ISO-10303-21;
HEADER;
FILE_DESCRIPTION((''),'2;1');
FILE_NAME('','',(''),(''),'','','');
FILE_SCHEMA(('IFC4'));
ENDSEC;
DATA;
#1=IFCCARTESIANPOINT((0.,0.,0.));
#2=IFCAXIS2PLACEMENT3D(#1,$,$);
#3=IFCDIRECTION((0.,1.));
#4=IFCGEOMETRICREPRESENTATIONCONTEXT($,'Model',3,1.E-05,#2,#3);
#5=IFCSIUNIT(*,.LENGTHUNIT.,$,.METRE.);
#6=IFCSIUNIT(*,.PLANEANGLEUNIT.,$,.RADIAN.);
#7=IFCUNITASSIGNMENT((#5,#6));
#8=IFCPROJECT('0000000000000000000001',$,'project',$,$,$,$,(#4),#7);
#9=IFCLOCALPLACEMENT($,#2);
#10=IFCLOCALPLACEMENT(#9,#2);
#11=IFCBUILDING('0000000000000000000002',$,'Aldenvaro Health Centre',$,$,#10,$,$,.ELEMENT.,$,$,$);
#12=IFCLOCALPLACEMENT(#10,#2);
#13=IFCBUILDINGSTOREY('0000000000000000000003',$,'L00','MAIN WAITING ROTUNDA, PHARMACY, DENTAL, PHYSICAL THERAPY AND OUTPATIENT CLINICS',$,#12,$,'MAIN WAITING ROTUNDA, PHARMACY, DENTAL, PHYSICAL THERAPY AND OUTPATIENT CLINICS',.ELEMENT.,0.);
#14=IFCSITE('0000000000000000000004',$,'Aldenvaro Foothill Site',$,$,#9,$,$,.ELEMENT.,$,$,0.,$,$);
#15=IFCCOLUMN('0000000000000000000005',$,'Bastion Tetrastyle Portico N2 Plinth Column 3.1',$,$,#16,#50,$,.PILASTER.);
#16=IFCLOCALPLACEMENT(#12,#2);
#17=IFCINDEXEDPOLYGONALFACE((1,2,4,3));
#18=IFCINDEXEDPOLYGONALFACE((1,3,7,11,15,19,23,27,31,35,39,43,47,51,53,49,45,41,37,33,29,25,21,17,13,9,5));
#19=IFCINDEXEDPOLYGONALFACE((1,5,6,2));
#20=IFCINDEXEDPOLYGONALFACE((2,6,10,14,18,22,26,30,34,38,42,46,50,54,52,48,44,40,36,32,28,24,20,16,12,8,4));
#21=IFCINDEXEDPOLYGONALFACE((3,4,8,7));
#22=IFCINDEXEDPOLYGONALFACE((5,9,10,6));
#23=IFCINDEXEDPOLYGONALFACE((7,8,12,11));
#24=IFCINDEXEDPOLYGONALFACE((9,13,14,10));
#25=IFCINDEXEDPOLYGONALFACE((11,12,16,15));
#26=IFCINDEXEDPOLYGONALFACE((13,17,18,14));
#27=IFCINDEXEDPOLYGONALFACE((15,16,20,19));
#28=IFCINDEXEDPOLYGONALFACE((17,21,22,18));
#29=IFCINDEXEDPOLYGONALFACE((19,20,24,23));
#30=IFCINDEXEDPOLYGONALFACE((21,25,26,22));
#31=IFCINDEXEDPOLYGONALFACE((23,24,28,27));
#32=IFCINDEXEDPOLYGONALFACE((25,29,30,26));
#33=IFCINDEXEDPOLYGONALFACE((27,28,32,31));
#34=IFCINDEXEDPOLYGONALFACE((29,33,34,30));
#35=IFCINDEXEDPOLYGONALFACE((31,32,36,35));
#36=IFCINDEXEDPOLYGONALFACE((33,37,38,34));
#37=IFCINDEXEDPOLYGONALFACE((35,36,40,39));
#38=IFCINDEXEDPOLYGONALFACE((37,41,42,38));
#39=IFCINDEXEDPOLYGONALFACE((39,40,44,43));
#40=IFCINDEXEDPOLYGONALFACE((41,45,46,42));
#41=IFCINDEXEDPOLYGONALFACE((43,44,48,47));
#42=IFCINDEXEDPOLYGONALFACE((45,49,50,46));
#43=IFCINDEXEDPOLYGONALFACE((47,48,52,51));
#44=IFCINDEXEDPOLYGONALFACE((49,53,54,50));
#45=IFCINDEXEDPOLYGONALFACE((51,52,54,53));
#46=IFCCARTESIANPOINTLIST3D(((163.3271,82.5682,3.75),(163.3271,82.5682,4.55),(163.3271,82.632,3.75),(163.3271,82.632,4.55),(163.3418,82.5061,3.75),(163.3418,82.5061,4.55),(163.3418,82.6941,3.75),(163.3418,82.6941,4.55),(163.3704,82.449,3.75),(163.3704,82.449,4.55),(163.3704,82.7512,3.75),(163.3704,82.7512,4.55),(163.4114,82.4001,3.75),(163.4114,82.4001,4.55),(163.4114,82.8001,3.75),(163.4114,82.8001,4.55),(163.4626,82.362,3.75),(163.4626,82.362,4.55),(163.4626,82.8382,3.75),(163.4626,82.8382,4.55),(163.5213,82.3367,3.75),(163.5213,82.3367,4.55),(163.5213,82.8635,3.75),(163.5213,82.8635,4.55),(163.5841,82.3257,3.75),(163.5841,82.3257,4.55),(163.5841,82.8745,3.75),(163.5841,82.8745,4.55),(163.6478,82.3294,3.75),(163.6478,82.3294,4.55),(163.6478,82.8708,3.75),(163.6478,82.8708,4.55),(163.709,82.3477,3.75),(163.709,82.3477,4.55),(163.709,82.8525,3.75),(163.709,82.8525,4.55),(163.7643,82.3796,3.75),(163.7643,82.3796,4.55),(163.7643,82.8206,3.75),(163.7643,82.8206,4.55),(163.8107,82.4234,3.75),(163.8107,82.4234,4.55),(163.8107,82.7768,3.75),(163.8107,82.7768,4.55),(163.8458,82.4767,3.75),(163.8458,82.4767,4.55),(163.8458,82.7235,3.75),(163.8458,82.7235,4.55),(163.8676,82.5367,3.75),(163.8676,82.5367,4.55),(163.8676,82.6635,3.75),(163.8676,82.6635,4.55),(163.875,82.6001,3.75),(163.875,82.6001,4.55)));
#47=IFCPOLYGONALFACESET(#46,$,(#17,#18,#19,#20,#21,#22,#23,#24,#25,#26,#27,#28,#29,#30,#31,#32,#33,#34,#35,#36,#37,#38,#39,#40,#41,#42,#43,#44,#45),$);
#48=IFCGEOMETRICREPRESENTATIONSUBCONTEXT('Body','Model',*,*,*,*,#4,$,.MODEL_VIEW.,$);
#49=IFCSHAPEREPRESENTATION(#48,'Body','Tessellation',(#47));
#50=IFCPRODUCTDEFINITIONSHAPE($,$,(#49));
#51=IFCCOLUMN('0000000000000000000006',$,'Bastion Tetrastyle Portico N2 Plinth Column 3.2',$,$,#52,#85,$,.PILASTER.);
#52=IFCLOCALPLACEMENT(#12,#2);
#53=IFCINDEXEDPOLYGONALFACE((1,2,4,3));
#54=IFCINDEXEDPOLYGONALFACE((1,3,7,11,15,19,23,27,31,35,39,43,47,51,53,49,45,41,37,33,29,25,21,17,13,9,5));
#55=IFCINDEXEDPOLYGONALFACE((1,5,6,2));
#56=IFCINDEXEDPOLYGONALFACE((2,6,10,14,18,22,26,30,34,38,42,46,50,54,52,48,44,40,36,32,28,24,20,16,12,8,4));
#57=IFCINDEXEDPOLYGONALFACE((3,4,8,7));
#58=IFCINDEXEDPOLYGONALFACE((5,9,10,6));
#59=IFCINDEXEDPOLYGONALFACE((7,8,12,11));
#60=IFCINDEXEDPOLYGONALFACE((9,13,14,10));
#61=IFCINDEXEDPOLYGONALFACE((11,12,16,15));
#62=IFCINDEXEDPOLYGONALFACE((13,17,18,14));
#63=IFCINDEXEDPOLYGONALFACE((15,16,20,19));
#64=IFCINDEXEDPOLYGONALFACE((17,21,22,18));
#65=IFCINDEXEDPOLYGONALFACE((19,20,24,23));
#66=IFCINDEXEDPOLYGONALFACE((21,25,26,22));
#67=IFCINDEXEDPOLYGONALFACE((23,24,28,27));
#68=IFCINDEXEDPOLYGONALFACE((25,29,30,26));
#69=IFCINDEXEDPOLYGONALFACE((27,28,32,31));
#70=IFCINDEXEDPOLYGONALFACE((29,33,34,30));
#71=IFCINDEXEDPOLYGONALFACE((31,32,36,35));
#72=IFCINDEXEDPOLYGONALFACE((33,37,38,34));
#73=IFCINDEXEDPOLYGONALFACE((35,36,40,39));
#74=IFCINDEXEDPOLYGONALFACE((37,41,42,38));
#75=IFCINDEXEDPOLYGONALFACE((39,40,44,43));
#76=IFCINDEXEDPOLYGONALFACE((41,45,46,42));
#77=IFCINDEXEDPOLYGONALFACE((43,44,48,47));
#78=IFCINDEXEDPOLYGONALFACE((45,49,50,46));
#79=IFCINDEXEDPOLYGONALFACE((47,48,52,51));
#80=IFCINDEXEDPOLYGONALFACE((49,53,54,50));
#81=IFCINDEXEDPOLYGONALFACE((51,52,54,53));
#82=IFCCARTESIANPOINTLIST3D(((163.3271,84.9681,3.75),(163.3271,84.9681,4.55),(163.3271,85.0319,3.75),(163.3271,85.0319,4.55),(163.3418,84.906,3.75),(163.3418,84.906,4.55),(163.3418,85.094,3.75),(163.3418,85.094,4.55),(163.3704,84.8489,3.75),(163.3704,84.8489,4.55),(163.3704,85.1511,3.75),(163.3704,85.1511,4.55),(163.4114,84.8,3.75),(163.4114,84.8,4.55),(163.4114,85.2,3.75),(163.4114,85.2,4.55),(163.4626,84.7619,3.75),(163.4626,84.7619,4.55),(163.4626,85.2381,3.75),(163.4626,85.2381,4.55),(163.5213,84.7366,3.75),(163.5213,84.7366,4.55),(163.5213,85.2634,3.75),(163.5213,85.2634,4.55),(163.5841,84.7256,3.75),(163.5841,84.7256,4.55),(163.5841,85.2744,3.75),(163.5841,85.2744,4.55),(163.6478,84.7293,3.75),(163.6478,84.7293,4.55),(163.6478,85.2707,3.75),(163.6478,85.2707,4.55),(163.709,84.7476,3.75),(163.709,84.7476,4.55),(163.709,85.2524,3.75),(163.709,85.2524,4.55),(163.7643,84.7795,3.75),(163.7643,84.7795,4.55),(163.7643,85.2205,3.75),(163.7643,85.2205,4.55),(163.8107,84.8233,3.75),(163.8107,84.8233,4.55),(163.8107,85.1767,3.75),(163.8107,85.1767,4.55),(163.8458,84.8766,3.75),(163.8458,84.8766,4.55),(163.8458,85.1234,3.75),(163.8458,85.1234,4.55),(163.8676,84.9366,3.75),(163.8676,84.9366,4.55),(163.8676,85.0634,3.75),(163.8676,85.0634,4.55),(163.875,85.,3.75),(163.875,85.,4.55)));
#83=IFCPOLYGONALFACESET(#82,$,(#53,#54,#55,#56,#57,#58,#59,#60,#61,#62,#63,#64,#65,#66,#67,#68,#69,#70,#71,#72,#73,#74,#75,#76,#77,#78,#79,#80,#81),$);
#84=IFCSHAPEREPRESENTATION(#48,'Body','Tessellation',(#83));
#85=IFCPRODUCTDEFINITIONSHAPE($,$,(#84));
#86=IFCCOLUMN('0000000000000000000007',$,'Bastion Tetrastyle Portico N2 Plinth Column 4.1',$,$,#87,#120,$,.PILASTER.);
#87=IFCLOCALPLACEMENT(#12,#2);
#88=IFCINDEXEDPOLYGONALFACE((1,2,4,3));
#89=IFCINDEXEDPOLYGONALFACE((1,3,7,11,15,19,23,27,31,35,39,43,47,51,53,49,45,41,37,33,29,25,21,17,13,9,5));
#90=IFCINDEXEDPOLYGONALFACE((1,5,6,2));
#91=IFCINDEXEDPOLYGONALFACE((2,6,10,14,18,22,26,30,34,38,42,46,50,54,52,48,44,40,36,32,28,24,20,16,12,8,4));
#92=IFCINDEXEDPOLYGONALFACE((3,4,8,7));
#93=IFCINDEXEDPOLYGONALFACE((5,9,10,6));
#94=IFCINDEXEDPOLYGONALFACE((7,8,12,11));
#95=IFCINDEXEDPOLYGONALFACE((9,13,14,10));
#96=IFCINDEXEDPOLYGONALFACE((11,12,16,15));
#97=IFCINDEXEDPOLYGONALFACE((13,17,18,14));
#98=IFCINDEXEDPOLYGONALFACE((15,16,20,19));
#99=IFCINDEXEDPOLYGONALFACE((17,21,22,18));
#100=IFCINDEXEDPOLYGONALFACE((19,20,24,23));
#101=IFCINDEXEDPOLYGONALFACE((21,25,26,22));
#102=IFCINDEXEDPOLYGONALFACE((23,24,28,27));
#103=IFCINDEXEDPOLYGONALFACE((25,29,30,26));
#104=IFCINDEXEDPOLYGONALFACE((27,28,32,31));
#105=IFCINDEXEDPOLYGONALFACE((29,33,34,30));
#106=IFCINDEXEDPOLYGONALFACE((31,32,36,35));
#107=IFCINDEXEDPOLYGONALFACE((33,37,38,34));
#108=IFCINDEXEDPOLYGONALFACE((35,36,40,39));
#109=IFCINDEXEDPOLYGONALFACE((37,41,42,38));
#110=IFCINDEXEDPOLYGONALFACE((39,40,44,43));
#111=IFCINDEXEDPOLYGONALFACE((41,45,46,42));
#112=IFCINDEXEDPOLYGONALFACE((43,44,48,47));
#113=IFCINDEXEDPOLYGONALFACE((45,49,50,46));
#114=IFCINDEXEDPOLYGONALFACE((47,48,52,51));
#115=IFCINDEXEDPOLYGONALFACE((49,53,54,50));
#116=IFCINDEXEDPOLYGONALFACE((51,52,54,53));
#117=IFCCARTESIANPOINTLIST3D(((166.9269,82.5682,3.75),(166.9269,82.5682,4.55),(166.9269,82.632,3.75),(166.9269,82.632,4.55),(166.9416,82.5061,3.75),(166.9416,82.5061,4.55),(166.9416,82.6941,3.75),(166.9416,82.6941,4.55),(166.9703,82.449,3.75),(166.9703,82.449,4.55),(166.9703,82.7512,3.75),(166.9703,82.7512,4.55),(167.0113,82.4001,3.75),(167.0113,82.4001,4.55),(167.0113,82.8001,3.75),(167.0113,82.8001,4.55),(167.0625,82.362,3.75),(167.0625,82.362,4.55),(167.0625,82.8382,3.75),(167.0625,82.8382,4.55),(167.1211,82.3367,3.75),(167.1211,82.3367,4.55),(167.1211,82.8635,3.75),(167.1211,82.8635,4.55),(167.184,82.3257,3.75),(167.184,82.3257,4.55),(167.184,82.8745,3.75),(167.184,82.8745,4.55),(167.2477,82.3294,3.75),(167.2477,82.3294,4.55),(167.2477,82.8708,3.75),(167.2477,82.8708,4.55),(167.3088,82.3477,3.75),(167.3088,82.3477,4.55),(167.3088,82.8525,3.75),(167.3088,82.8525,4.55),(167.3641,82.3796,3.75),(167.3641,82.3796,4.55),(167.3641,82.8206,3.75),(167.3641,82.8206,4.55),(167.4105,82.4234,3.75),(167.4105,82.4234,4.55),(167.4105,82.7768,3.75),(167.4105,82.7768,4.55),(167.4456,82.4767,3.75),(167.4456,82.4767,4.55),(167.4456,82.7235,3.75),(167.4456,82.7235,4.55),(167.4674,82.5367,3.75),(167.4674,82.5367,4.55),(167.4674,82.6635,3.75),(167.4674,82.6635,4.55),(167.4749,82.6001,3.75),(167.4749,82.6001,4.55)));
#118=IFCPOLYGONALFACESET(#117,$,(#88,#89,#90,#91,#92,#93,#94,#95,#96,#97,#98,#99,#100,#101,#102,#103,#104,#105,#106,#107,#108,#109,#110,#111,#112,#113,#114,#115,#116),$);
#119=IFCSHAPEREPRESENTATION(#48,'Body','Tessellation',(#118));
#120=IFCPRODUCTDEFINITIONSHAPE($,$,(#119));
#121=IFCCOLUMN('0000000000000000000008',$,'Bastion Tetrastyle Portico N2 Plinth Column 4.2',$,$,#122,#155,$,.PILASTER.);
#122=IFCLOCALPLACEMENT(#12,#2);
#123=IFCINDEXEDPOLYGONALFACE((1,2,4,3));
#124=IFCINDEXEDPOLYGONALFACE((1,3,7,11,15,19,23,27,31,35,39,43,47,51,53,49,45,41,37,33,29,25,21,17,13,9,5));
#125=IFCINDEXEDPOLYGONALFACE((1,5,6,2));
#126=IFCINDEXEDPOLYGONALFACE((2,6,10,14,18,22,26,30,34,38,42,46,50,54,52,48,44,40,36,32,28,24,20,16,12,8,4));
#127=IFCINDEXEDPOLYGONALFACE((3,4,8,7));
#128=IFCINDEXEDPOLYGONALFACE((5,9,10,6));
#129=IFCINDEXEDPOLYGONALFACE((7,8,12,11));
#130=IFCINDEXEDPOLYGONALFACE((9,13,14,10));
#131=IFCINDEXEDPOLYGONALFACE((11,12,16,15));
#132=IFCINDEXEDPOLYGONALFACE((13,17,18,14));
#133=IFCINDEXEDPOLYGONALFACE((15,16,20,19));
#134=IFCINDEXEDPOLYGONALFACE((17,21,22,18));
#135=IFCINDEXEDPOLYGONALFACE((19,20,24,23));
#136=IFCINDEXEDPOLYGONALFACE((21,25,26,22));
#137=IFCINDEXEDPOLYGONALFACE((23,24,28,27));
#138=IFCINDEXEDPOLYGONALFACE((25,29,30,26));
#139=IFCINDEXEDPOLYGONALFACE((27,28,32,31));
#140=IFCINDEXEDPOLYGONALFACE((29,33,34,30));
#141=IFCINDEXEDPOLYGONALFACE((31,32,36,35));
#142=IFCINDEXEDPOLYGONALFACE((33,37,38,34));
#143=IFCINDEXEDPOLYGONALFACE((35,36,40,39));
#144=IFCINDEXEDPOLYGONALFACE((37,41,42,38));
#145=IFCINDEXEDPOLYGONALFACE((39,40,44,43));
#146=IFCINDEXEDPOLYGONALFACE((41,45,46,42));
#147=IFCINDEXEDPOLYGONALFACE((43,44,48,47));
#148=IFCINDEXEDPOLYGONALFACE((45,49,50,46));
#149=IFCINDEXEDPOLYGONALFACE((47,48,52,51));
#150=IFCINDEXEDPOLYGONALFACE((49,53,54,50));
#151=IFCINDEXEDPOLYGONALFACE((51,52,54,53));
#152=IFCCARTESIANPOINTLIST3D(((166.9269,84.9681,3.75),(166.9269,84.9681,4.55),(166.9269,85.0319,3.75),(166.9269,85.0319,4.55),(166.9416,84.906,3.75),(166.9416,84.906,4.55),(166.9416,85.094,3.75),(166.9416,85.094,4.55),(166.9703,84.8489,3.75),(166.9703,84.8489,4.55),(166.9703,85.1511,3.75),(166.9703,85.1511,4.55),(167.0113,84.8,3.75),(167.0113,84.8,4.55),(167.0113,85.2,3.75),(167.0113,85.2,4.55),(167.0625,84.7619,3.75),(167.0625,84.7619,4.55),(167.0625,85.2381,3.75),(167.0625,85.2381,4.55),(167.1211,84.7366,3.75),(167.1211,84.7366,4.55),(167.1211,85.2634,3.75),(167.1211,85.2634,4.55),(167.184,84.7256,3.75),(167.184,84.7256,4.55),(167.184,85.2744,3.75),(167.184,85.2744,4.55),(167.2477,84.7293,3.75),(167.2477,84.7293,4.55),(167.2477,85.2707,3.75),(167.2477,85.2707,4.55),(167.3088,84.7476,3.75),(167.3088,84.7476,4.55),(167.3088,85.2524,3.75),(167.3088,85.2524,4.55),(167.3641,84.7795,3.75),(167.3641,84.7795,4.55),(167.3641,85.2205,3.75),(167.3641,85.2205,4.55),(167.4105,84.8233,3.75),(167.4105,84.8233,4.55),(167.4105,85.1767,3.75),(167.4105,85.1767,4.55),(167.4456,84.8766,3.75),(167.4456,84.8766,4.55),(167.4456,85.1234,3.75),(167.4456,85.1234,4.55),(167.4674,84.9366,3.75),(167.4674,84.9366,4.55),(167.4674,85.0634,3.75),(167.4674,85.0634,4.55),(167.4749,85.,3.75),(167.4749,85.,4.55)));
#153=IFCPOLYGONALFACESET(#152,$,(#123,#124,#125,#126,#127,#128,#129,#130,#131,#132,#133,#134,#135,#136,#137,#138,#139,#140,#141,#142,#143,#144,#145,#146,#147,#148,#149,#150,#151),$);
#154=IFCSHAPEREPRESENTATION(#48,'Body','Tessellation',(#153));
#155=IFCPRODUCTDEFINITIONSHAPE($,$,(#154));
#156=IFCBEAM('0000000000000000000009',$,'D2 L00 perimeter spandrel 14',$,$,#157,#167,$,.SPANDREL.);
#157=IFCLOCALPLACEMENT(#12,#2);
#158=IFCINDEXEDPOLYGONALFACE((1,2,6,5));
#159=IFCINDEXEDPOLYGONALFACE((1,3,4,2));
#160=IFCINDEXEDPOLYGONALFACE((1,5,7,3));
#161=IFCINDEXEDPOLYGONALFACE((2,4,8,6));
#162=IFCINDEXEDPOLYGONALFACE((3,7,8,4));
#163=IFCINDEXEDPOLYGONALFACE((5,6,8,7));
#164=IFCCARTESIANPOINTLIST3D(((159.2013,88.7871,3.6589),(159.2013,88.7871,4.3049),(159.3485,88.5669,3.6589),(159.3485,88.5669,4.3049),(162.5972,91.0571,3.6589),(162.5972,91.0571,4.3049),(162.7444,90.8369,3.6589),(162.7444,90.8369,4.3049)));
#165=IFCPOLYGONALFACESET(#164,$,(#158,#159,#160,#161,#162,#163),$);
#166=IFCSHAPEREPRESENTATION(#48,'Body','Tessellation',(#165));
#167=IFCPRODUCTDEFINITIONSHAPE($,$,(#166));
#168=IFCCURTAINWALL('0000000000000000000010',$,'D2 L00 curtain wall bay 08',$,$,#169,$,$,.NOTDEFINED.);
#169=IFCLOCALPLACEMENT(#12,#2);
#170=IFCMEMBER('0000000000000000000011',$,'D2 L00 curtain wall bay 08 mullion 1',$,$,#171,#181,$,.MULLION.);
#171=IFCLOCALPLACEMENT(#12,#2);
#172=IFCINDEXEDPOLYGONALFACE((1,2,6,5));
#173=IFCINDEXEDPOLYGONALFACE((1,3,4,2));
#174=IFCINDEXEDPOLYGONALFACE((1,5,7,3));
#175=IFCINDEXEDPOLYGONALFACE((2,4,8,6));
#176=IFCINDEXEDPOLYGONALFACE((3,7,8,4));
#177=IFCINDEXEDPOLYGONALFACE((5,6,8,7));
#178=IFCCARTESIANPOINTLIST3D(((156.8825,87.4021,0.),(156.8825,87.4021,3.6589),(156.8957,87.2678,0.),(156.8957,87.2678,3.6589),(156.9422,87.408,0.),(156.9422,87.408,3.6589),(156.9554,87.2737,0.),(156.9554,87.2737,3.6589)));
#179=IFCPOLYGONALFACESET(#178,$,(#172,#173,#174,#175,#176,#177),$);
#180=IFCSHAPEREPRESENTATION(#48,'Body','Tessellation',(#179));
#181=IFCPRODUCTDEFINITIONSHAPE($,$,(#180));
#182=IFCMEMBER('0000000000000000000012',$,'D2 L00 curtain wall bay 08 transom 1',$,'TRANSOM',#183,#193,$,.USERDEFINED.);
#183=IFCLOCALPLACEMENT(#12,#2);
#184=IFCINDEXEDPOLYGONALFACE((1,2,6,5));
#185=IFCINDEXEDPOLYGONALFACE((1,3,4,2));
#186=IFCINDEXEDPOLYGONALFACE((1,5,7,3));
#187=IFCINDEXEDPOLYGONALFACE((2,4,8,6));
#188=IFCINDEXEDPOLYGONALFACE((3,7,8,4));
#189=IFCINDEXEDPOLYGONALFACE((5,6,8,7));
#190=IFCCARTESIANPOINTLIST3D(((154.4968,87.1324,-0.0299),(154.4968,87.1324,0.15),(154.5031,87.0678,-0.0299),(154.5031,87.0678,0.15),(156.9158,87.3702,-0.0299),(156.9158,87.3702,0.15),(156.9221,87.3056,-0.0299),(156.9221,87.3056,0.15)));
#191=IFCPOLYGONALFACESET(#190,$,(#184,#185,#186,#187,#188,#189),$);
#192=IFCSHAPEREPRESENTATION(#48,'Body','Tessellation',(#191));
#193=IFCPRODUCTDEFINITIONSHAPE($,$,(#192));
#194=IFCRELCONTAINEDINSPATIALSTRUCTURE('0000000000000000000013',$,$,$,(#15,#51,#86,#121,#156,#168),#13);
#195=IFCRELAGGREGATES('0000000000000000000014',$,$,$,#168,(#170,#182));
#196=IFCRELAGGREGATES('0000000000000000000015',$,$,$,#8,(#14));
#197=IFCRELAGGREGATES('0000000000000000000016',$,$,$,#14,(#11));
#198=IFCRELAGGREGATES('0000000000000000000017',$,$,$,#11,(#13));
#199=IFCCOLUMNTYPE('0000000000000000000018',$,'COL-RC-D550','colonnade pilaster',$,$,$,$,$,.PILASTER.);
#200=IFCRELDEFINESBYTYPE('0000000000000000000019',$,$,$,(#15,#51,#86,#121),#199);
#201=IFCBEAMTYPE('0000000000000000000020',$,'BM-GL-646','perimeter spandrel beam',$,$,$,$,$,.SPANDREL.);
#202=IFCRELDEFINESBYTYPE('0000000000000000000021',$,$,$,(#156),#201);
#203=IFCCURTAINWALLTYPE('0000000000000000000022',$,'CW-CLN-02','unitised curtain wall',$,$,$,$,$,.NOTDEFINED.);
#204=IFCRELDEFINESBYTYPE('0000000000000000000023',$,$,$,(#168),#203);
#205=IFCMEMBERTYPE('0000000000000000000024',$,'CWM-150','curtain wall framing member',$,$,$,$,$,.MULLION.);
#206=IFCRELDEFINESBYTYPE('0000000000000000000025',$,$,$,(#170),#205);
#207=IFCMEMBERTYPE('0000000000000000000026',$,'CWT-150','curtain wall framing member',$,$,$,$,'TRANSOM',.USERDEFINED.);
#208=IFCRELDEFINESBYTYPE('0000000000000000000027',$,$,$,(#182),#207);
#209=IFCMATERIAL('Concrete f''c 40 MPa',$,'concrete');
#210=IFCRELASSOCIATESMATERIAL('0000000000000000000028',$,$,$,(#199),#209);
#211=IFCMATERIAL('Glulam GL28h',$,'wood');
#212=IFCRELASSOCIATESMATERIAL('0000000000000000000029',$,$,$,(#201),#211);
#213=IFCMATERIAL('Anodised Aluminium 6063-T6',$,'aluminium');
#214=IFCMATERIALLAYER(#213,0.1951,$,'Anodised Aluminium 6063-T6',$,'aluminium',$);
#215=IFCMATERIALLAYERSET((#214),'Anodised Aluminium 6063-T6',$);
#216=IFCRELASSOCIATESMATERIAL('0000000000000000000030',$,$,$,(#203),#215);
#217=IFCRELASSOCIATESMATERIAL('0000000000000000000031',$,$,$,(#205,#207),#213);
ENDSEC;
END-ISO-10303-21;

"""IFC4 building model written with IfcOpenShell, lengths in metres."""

from ifc_helpers import new_model, si_unit, direction, frame, origin, origin_2d, place, context, subcontext, project, spatial, rectangle, circle, extrude, material, layer, layer_set, material_profile, profile_set, type_object, element, aggregate, save


model = new_model("IFC4")

# Units and contexts
model_context = context("Model", 3, precision=1e-05, world=origin(), true_north=direction((0.0, 1.0)))
body_context = subcontext(model_context, "Body", "Model", "MODEL_VIEW")
ifc_project = project(units=[si_unit("LENGTHUNIT", "METRE"), si_unit("PLANEANGLEUNIT", "RADIAN")], contexts=[model_context])

# Site, building, storey
site_placement = place(None, origin())
site = spatial("IfcSite", under=ifc_project, at=site_placement, Name="Aldenvaro Foothill Site", CompositionType="ELEMENT", RefElevation=0.0)
building_placement = place(site_placement, origin())
building = spatial("IfcBuilding", under=site, at=building_placement, Name="Aldenvaro Health Centre", CompositionType="ELEMENT")
storey_placement = place(building_placement, origin())
storey = spatial("IfcBuildingStorey", under=building, at=storey_placement, Name="L00", Description="MAIN WAITING ROTUNDA, PHARMACY, DENTAL, PHYSICAL THERAPY AND OUTPATIENT CLINICS", LongName="MAIN WAITING ROTUNDA, PHARMACY, DENTAL, PHYSICAL THERAPY AND OUTPATIENT CLINICS", CompositionType="ELEMENT", Elevation=0.0)

# Columns
ifc_material_1 = material(Name="Concrete f'c 40 MPa", Category="concrete")
ifc_material_profile_1 = material_profile(ifc_material_1, circle(Radius=0.2749, at=origin_2d()), Name="RC D550", Category="concrete")
ifc_profile_set_1 = profile_set([ifc_material_profile_1], Name="Concrete f'c 40 MPa")
column_type = type_object("IfcColumnType", Name="COL-RC-D550", Description="colonnade pilaster", PredefinedType="PILASTER", material=ifc_profile_set_1)
for number, where, z_axis, x_axis, name in (
    (1, (163.6001, 82.6001, 3.75), (0.0, 0.0, 1.0), (1.0, 0.0, 0.0), "Bastion Tetrastyle Portico N2 Plinth Column 3.1"),
    (2, (163.6001, 85.0, 3.75), (0.0, 0.0, 1.0), (1.0, 0.0, 0.0), "Bastion Tetrastyle Portico N2 Plinth Column 3.2"),
    (3, (167.2, 82.6001, 3.75), (0.0, 0.0, 1.0), (1.0, 0.0, 0.0), "Bastion Tetrastyle Portico N2 Plinth Column 4.1"),
    (4, (167.2, 85.0, 3.75), (0.0, 0.0, 1.0), (1.0, 0.0, 0.0), "Bastion Tetrastyle Portico N2 Plinth Column 4.2"),
):
    element("IfcColumn", number, at=place(storey_placement, frame(where, z_axis=z_axis, x_axis=x_axis)), inside=storey, type_object=column_type, Name=name, PredefinedType="PILASTER", context=body_context, shape_type="SweptSolid", body=[
        extrude(circle(Radius=0.2749, at=origin_2d()), origin(), (0.0, 0.0, 1.0), 0.8),
    ])

# Beam
ifc_material_2 = material(Name="Glulam GL28h", Category="wood")
ifc_material_profile_2 = material_profile(ifc_material_2, rectangle(XDim=0.2649, YDim=0.646, at=origin_2d()), Name="GL 265x646", Category="wood")
ifc_profile_set_2 = profile_set([ifc_material_profile_2], Name="Glulam GL28h")
beam_type = type_object("IfcBeamType", Name="BM-GL-646", Description="perimeter spandrel beam", PredefinedType="SPANDREL", material=ifc_profile_set_2)
beam_placement = place(storey_placement, frame((159.2749, 88.677, 3.9819), z_axis=(0.831369, 0.55572, 0.0), x_axis=(-0.55572, 0.831369, 0.0)))
element("IfcBeam", 5, at=beam_placement, inside=storey, type_object=beam_type, Name="D2 L00 perimeter spandrel 14", PredefinedType="SPANDREL", context=body_context, shape_type="SweptSolid", body=[
    extrude(rectangle(XDim=0.2649, YDim=0.646, at=origin_2d()), origin(), (0.0, 0.0, 1.0), 4.0847),
])

# Curtain wall, members
ifc_material_3 = material(Name="Anodised Aluminium 6063-T6", Category="aluminium")
ifc_layer_1 = layer(ifc_material_3, 0.1951, Name="Anodised Aluminium 6063-T6", Category="aluminium")
ifc_layer_set_1 = layer_set([ifc_layer_1], Name="Anodised Aluminium 6063-T6")
curtain_wall_type = type_object("IfcCurtainWallType", Name="CW-CLN-02", Description="unitised curtain wall", PredefinedType="NOTDEFINED", material=ifc_layer_set_1)
curtain_wall_placement = place(storey_placement, origin())
curtain_wall = element("IfcCurtainWall", 6, at=curtain_wall_placement, inside=storey, type_object=curtain_wall_type, Name="D2 L00 curtain wall bay 08", PredefinedType="NOTDEFINED")
ifc_material_profile_3 = material_profile(ifc_material_3, rectangle(XDim=0.0601, YDim=0.135, at=origin_2d()), Name="ALU 60x135", Category="aluminium")
ifc_profile_set_3 = profile_set([ifc_material_profile_3], Name="Anodised Aluminium 6063-T6")
member_type_1 = type_object("IfcMemberType", Name="CWM-150", Description="curtain wall framing member", PredefinedType="MULLION", material=ifc_profile_set_3)
member_1_placement = place(storey_placement, frame((156.9189, 87.3379, 0.0), z_axis=(0.0, 0.0, 1.0), x_axis=(-0.995195, -0.097915, 0.0)))
member_1 = element("IfcMember", 7, at=member_1_placement, type_object=member_type_1, Name="D2 L00 curtain wall bay 08 mullion 1", PredefinedType="MULLION", context=body_context, shape_type="SweptSolid", body=[
    extrude(rectangle(XDim=0.0601, YDim=0.135, at=origin_2d()), origin(), (0.0, 0.0, 1.0), 3.6589),
])
ifc_material_profile_4 = material_profile(ifc_material_3, rectangle(XDim=0.0649, YDim=0.1799, at=origin_2d()), Name="ALU 65x180", Category="aluminium")
ifc_profile_set_4 = profile_set([ifc_material_profile_4], Name="Anodised Aluminium 6063-T6")
member_type_2 = type_object("IfcMemberType", Name="CWT-150", Description="curtain wall framing member", ElementType="TRANSOM", PredefinedType="USERDEFINED", material=ifc_profile_set_4)
member_2_placement = place(storey_placement, frame((156.9189, 87.3379, 0.0601), z_axis=(-0.995203, -0.097833, 0.0), x_axis=(0.097833, -0.995203, 0.0)))
member_2 = element("IfcMember", 8, at=member_2_placement, type_object=member_type_2, Name="D2 L00 curtain wall bay 08 transom 1", ObjectType="TRANSOM", PredefinedType="USERDEFINED", context=body_context, shape_type="SweptSolid", body=[
    extrude(rectangle(XDim=0.0649, YDim=0.1799, at=origin_2d()), origin(), (0.0, 0.0, 1.0), 2.4307),
])
aggregate(curtain_wall, [member_1, member_2])

save(model, "model.ifc")
